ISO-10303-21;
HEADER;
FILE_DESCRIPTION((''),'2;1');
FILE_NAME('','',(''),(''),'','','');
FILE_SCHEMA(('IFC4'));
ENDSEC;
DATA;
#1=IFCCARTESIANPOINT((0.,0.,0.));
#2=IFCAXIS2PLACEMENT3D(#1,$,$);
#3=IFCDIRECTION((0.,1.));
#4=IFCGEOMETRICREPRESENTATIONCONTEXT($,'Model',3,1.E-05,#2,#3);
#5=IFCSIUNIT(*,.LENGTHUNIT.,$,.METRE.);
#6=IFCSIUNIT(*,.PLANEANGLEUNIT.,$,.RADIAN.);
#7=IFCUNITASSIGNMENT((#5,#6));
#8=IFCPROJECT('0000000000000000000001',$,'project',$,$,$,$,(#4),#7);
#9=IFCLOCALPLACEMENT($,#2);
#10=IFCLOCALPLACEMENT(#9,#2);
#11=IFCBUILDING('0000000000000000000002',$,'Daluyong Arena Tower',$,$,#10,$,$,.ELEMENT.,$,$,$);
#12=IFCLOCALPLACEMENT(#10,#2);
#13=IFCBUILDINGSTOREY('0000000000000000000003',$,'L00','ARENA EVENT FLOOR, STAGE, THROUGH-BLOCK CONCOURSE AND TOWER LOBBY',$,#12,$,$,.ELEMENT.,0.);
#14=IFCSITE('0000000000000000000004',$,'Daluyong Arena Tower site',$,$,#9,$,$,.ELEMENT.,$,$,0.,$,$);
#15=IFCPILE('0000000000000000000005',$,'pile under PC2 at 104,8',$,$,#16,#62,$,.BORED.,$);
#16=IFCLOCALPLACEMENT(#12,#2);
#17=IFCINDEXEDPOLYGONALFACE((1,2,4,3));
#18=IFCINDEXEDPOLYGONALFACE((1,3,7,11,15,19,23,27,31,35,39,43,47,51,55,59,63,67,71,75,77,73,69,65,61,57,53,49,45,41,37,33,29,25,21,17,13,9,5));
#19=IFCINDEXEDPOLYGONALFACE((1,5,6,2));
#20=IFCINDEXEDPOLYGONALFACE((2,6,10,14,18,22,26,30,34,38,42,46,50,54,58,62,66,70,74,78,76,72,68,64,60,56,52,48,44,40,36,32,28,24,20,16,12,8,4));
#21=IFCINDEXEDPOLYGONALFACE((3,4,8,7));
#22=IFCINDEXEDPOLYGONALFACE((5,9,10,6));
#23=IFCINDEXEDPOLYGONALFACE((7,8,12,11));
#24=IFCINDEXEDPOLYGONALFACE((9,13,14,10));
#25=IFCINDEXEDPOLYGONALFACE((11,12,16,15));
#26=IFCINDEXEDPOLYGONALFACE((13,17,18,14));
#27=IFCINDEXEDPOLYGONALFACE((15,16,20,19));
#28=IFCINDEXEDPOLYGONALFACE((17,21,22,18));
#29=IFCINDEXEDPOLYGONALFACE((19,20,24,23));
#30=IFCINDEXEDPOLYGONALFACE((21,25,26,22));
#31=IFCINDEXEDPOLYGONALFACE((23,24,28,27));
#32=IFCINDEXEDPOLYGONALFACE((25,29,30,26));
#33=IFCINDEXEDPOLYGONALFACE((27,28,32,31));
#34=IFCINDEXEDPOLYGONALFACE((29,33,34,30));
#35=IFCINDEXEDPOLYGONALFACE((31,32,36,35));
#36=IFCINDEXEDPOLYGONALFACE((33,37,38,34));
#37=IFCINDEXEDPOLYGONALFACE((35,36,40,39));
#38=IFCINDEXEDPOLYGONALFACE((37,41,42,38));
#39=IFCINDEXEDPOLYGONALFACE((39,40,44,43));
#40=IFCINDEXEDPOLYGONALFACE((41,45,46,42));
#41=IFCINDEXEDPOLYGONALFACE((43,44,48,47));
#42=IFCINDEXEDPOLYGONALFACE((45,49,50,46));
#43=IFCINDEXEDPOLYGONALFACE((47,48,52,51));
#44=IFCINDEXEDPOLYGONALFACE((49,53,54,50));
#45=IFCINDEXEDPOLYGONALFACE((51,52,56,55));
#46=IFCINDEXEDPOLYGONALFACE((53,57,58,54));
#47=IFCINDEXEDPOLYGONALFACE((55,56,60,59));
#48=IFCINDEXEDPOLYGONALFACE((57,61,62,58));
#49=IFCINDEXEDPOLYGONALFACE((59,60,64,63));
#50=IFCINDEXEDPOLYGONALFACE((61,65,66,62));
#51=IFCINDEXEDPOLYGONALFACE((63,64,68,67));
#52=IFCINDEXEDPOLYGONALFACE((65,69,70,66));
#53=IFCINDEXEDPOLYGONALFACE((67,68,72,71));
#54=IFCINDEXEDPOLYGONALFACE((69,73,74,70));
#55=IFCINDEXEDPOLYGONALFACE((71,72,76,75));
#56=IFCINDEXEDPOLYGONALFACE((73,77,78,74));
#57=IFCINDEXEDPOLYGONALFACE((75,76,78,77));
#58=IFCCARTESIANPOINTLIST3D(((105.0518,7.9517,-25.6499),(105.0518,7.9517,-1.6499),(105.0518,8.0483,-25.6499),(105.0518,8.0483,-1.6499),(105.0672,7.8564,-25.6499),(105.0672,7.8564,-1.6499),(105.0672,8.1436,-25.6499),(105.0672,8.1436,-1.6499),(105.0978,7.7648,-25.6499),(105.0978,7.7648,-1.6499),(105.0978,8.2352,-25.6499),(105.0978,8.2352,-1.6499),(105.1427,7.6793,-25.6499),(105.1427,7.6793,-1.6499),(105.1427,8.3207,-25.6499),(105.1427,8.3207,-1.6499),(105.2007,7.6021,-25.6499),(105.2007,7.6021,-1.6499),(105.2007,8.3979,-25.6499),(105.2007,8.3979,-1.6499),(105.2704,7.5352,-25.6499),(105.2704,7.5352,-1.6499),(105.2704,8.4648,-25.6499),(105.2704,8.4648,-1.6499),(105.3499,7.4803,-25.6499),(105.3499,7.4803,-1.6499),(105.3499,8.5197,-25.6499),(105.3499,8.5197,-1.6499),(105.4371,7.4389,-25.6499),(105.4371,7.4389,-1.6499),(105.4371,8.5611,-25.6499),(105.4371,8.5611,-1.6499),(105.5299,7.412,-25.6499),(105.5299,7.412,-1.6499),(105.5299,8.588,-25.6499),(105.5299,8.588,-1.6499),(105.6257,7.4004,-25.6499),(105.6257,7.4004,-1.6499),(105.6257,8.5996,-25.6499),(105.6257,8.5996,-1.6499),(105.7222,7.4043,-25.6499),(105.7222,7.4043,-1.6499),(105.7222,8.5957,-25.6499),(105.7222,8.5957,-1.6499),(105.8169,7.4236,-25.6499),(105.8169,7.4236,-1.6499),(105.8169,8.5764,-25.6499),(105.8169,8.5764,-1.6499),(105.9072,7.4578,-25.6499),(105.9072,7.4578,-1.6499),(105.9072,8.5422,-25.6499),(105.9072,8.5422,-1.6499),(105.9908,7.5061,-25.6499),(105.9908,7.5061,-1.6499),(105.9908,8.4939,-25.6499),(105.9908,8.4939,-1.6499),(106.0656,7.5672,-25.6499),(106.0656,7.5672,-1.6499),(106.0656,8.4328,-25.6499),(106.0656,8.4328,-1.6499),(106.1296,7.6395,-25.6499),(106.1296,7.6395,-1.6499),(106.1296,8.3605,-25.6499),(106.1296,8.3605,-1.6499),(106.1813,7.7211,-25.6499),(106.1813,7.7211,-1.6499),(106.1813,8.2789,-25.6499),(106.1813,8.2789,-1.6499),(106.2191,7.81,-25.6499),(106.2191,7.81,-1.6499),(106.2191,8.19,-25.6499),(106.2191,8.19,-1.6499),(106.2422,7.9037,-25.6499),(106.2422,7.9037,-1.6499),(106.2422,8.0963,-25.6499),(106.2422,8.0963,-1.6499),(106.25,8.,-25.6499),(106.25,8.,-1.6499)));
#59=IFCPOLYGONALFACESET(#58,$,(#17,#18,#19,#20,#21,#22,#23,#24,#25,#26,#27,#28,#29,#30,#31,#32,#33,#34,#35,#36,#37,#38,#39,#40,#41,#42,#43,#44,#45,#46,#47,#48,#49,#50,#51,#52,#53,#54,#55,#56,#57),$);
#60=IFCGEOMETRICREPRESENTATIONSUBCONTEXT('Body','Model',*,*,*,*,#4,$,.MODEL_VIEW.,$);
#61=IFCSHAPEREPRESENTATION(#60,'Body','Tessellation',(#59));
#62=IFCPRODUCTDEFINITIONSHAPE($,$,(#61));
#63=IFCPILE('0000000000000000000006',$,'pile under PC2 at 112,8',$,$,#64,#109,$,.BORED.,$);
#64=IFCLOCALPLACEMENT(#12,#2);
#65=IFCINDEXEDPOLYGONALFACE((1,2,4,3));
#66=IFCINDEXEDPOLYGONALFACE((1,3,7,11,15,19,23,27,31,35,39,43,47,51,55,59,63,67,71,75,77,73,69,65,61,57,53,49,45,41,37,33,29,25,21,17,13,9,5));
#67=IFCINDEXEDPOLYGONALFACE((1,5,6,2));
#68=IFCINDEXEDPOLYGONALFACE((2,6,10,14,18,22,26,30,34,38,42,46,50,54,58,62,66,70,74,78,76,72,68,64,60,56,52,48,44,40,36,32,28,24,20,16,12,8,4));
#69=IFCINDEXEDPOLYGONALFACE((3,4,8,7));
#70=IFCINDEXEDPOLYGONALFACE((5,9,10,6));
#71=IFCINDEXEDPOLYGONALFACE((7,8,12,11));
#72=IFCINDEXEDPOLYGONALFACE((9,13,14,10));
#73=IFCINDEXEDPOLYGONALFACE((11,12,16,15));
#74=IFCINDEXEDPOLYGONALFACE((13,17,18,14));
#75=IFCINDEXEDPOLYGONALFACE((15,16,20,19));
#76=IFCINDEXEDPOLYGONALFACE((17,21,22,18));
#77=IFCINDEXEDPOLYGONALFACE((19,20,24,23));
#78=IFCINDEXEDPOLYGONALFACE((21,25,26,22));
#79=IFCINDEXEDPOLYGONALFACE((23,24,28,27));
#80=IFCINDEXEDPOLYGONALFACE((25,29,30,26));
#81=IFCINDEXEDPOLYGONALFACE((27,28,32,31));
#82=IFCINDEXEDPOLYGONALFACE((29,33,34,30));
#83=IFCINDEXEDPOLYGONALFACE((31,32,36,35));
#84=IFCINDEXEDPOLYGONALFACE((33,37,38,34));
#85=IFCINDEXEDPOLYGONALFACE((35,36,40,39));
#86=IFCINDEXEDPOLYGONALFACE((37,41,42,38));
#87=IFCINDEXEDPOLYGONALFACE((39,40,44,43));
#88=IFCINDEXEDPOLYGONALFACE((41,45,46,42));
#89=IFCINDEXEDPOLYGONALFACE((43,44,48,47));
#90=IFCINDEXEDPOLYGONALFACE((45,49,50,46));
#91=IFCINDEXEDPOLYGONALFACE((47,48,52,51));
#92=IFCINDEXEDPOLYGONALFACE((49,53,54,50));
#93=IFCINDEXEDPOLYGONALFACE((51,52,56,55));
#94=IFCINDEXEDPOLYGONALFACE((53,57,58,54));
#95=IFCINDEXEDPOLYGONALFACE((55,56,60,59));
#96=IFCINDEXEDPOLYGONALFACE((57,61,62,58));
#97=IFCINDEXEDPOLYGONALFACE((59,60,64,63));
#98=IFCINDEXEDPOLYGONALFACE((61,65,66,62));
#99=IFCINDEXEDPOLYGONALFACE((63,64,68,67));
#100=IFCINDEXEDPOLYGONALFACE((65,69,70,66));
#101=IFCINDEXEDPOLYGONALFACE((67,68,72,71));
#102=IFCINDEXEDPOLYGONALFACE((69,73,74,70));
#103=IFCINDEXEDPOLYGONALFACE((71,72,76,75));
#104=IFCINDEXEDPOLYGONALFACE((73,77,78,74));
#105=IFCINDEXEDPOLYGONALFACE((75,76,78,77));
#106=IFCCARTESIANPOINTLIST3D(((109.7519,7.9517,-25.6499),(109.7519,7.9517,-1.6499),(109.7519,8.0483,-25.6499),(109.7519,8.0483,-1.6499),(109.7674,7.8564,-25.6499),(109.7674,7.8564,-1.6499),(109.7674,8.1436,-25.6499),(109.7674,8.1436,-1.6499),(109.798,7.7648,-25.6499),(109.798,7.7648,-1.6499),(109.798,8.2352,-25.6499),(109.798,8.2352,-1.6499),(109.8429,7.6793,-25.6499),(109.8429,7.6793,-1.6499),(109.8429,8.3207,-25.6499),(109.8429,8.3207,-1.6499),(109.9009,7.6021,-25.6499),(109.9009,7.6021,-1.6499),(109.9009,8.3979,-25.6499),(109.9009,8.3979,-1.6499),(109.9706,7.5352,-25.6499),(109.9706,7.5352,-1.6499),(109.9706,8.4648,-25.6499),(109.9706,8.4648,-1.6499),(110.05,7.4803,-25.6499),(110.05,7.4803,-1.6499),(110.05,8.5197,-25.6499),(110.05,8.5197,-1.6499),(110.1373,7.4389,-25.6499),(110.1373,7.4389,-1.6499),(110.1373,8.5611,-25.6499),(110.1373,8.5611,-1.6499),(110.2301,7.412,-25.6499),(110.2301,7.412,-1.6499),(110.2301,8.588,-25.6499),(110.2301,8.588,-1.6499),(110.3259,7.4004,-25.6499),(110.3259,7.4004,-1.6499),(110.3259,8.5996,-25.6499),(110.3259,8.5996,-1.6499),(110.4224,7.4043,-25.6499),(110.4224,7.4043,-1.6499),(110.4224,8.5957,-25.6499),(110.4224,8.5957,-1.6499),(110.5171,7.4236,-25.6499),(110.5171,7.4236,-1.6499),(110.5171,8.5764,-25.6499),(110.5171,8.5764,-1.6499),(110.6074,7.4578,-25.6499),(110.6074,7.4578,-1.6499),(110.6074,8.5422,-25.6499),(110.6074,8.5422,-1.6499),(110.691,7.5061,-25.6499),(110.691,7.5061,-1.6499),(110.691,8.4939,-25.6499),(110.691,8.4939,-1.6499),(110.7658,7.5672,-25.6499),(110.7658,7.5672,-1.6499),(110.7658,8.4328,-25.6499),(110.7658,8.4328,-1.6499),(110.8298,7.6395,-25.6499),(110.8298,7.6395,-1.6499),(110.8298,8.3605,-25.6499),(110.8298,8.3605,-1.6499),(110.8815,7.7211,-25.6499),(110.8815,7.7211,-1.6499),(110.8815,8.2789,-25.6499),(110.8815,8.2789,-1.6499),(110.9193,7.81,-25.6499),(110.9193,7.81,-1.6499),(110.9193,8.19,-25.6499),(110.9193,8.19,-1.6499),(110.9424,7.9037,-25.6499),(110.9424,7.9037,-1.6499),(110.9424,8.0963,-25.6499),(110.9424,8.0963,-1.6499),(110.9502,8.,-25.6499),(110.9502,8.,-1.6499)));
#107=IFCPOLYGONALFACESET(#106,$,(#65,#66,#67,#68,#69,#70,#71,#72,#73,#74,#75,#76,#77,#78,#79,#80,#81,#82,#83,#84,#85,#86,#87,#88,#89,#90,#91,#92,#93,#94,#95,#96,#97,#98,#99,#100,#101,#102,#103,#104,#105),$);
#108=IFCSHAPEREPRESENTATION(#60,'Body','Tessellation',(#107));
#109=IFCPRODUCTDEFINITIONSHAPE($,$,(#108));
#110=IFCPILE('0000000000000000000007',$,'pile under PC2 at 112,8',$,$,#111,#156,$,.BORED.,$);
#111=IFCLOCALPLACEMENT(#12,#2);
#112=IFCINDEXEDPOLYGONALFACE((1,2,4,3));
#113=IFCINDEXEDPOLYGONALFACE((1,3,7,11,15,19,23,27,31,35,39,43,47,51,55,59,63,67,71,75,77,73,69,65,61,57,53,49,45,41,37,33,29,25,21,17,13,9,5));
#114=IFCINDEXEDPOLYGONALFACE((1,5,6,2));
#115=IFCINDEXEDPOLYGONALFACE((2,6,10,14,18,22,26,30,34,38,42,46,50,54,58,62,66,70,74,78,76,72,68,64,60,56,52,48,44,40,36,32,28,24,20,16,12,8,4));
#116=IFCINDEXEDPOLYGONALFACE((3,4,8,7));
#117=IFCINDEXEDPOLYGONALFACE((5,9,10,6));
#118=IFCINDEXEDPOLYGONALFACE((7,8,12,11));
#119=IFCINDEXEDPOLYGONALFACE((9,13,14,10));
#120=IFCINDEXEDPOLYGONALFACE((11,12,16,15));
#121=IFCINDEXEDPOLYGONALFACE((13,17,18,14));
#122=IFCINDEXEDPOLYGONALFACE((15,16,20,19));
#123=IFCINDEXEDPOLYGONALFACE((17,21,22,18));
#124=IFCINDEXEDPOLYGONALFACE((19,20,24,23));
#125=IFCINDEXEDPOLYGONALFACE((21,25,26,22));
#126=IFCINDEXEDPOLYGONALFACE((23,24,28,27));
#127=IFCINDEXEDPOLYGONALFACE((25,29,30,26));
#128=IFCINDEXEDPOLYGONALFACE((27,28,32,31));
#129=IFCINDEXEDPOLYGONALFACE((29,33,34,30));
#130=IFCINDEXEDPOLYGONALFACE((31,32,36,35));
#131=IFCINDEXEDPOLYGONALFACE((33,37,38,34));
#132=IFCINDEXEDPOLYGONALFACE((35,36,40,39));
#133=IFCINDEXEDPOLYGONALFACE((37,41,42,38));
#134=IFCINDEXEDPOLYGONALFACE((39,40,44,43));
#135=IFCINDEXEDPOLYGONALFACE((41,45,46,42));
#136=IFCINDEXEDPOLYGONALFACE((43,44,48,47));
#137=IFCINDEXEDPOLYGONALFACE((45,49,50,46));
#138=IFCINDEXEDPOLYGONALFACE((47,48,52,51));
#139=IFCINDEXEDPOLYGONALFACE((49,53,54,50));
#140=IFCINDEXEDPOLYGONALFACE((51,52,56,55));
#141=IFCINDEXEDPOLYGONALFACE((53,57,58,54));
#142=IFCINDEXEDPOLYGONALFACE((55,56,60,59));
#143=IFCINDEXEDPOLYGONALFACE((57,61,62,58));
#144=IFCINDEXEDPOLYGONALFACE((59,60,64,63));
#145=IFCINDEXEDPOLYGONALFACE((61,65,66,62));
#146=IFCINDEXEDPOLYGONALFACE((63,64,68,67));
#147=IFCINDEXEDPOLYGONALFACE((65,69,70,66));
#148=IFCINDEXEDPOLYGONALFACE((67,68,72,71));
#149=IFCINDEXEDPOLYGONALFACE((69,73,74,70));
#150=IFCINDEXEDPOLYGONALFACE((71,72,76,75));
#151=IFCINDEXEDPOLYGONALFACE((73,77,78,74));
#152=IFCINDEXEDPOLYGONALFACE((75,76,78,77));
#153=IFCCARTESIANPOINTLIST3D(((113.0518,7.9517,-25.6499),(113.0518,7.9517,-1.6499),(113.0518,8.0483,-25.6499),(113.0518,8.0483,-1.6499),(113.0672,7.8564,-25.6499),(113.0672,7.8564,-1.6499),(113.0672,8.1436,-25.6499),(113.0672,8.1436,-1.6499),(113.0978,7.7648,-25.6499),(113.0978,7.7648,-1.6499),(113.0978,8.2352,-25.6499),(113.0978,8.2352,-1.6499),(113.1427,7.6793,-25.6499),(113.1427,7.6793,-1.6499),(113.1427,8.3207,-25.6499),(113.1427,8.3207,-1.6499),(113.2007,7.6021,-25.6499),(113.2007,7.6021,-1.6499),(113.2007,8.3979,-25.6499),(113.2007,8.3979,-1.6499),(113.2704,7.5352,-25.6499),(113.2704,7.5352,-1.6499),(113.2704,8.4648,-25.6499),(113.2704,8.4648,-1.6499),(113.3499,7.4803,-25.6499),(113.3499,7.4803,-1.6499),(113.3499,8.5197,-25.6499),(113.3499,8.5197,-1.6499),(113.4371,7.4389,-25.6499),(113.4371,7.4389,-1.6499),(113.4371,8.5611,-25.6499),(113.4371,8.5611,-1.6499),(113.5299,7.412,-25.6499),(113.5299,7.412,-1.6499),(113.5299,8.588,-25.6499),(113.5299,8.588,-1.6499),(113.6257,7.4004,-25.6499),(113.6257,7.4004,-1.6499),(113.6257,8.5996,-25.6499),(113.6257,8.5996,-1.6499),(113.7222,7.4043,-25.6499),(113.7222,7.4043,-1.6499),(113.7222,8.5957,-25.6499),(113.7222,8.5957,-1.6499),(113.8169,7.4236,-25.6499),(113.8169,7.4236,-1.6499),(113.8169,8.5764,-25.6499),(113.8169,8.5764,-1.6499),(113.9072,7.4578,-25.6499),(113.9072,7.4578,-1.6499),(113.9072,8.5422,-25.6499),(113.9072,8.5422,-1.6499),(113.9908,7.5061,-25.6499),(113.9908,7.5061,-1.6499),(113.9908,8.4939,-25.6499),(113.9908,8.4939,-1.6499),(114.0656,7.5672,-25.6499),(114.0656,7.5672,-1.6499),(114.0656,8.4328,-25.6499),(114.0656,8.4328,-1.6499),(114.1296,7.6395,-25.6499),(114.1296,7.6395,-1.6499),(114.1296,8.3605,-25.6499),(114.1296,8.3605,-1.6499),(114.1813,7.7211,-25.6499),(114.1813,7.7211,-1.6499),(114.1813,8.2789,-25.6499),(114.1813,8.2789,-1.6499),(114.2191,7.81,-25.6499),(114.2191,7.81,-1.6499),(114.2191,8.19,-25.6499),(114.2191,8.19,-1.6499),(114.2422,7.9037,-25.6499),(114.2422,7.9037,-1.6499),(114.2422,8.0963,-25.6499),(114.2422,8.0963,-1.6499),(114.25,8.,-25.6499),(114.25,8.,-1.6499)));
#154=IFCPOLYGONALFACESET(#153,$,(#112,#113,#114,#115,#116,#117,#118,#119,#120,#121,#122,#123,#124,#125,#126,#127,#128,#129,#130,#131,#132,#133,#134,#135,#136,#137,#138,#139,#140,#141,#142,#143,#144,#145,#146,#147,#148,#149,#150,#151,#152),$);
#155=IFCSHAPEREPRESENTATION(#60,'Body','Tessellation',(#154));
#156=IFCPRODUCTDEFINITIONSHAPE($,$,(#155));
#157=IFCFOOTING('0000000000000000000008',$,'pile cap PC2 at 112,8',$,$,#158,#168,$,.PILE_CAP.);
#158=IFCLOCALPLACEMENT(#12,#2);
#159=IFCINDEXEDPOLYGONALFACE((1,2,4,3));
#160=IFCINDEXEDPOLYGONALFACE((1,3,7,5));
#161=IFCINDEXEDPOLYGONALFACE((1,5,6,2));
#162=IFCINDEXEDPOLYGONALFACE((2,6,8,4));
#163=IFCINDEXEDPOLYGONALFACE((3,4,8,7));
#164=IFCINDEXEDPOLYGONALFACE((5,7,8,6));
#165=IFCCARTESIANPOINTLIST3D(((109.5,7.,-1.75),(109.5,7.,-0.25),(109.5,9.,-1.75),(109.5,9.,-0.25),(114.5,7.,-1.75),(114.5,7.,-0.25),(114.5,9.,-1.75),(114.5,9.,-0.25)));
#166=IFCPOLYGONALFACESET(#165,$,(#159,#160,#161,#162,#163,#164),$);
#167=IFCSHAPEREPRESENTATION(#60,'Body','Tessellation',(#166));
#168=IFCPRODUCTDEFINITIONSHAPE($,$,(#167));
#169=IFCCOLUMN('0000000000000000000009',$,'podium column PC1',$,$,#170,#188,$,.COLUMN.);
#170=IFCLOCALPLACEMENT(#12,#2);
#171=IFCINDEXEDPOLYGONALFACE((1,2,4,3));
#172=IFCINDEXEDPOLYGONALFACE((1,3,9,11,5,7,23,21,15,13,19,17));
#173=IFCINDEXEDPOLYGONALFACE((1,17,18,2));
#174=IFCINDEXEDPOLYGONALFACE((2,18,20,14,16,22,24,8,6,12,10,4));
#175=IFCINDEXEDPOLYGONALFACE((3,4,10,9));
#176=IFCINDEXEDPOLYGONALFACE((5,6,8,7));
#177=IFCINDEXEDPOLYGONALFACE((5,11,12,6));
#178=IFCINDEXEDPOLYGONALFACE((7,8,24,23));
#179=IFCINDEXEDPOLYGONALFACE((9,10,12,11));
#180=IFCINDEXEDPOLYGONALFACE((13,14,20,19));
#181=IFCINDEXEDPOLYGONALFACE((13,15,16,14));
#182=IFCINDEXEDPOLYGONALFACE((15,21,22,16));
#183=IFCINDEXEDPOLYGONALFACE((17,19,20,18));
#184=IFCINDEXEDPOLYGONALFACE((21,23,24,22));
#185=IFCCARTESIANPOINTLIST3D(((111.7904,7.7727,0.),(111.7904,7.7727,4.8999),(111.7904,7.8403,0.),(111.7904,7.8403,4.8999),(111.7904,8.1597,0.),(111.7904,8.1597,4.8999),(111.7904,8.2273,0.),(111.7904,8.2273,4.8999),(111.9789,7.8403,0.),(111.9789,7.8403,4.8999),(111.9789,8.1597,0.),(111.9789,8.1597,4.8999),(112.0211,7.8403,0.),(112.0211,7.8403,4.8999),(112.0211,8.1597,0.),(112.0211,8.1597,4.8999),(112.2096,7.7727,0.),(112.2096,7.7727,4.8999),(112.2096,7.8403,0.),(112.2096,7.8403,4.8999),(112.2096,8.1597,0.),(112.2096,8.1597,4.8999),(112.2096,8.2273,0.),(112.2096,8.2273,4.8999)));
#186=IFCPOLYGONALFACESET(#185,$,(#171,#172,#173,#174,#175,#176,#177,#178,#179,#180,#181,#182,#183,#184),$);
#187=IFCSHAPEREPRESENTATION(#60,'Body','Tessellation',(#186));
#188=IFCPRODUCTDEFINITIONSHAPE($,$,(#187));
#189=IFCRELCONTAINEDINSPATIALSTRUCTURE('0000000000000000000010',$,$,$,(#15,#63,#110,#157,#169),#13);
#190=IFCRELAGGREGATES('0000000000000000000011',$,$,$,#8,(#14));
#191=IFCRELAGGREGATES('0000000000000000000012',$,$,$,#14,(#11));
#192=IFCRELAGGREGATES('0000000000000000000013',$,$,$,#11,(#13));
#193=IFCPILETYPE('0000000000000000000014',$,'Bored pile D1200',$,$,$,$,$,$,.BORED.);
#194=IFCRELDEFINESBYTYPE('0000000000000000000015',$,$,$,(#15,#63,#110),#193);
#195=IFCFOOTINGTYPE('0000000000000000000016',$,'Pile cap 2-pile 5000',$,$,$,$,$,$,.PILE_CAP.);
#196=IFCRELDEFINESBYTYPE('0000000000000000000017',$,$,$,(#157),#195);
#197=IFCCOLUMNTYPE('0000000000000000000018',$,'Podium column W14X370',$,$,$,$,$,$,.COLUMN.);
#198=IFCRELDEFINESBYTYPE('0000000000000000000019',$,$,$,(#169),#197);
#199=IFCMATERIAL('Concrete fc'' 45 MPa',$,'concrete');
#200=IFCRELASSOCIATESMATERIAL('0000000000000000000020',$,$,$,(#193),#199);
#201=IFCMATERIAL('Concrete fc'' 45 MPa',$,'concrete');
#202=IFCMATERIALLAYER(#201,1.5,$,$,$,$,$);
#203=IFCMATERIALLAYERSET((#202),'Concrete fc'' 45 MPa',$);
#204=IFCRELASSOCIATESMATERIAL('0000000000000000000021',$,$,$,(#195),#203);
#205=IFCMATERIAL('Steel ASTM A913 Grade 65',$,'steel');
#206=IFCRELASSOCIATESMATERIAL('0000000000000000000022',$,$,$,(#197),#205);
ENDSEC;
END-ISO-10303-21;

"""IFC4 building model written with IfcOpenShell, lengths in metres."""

from ifc_helpers import new_model, si_unit, direction, frame, origin, origin_2d, place, context, subcontext, project, spatial, rectangle, circle, i_section, extrude, material, layer, layer_set, material_profile, profile_set, type_object, element, save


model = new_model("IFC4")

# Units and contexts
model_context = context("Model", 3, precision=1e-05, world=origin(), true_north=direction((0.0, 1.0)))
body_context = subcontext(model_context, "Body", "Model", "MODEL_VIEW")
ifc_project = project(units=[si_unit("LENGTHUNIT", "METRE"), si_unit("PLANEANGLEUNIT", "RADIAN")], contexts=[model_context])

# Site, building, storey
site_placement = place(None, origin())
site = spatial("IfcSite", under=ifc_project, at=site_placement, Name="Daluyong Arena Tower site", CompositionType="ELEMENT", RefElevation=0.0)
building_placement = place(site_placement, origin())
building = spatial("IfcBuilding", under=site, at=building_placement, Name="Daluyong Arena Tower", CompositionType="ELEMENT")
storey_placement = place(building_placement, origin())
storey = spatial("IfcBuildingStorey", under=building, at=storey_placement, Name="L00", Description="ARENA EVENT FLOOR, STAGE, THROUGH-BLOCK CONCOURSE AND TOWER LOBBY", CompositionType="ELEMENT", Elevation=0.0)

# Piles
ifc_material_1 = material(Name="Concrete fc' 45 MPa", Category="concrete")
pile_type = type_object("IfcPileType", Name="Bored pile D1200", PredefinedType="BORED", material=ifc_material_1)
for number, where, z_axis, x_axis, name in (
    (1, (105.6499, 8.0, -1.6499), (0.0, 0.0, -1.0), (1.0, 0.0, 0.0), "pile under PC2 at 104,8"),
    (2, (110.3501, 8.0, -1.6499), (0.0, 0.0, -1.0), (1.0, 0.0, 0.0), "pile under PC2 at 112,8"),
    (3, (113.6499, 8.0, -1.6499), (0.0, 0.0, -1.0), (1.0, 0.0, 0.0), "pile under PC2 at 112,8"),
):
    element("IfcPile", number, at=place(storey_placement, frame(where, z_axis=z_axis, x_axis=x_axis)), inside=storey, type_object=pile_type, Name=name, PredefinedType="BORED", context=body_context, shape_type="SweptSolid", body=[
        extrude(circle(Radius=0.6001, at=origin_2d()), origin(), (0.0, 0.0, 1.0), 24.0),
    ])

# Footing
ifc_material_2 = material(Name="Concrete fc' 45 MPa", Category="concrete")
ifc_layer = layer(ifc_material_2, 1.5)
ifc_layer_set = layer_set([ifc_layer], Name="Concrete fc' 45 MPa")
footing_type = type_object("IfcFootingType", Name="Pile cap 2-pile 5000", PredefinedType="PILE_CAP", material=ifc_layer_set)
footing_placement = place(storey_placement, frame((112.0, 8.0, -1.75), z_axis=(0.0, 0.0, 1.0), x_axis=(1.0, 0.0, 0.0)))
element("IfcFooting", 4, at=footing_placement, inside=storey, type_object=footing_type, Name="pile cap PC2 at 112,8", PredefinedType="PILE_CAP", context=body_context, shape_type="SweptSolid", body=[
    extrude(rectangle(XDim=5.0, YDim=2.0, at=origin_2d()), origin(), (0.0, 0.0, 1.0), 1.5),
])

# Column
ifc_material_3 = material(Name="Steel ASTM A913 Grade 65", Category="steel")
ifc_material_profile = material_profile(ifc_material_3, i_section(OverallWidth=0.4192, OverallDepth=0.4546, WebThickness=0.0422, FlangeThickness=0.0676, at=origin_2d()))
ifc_profile_set = profile_set([ifc_material_profile], Name="Steel ASTM A913 Grade 65")
column_type = type_object("IfcColumnType", Name="Podium column W14X370", PredefinedType="COLUMN", material=ifc_profile_set)
column_placement = place(storey_placement, frame((112.0, 8.0, 0.0), z_axis=(0.0, 0.0, 1.0), x_axis=(1.0, 0.0, 0.0)))
element("IfcColumn", 5, at=column_placement, inside=storey, type_object=column_type, Name="podium column PC1", PredefinedType="COLUMN", context=body_context, shape_type="SweptSolid", body=[
    extrude(i_section(OverallWidth=0.4192, OverallDepth=0.4546, WebThickness=0.0422, FlangeThickness=0.0676, at=origin_2d()), origin(), (0.0, 0.0, 1.0), 4.8999),
])

save(model, "model.ifc")
